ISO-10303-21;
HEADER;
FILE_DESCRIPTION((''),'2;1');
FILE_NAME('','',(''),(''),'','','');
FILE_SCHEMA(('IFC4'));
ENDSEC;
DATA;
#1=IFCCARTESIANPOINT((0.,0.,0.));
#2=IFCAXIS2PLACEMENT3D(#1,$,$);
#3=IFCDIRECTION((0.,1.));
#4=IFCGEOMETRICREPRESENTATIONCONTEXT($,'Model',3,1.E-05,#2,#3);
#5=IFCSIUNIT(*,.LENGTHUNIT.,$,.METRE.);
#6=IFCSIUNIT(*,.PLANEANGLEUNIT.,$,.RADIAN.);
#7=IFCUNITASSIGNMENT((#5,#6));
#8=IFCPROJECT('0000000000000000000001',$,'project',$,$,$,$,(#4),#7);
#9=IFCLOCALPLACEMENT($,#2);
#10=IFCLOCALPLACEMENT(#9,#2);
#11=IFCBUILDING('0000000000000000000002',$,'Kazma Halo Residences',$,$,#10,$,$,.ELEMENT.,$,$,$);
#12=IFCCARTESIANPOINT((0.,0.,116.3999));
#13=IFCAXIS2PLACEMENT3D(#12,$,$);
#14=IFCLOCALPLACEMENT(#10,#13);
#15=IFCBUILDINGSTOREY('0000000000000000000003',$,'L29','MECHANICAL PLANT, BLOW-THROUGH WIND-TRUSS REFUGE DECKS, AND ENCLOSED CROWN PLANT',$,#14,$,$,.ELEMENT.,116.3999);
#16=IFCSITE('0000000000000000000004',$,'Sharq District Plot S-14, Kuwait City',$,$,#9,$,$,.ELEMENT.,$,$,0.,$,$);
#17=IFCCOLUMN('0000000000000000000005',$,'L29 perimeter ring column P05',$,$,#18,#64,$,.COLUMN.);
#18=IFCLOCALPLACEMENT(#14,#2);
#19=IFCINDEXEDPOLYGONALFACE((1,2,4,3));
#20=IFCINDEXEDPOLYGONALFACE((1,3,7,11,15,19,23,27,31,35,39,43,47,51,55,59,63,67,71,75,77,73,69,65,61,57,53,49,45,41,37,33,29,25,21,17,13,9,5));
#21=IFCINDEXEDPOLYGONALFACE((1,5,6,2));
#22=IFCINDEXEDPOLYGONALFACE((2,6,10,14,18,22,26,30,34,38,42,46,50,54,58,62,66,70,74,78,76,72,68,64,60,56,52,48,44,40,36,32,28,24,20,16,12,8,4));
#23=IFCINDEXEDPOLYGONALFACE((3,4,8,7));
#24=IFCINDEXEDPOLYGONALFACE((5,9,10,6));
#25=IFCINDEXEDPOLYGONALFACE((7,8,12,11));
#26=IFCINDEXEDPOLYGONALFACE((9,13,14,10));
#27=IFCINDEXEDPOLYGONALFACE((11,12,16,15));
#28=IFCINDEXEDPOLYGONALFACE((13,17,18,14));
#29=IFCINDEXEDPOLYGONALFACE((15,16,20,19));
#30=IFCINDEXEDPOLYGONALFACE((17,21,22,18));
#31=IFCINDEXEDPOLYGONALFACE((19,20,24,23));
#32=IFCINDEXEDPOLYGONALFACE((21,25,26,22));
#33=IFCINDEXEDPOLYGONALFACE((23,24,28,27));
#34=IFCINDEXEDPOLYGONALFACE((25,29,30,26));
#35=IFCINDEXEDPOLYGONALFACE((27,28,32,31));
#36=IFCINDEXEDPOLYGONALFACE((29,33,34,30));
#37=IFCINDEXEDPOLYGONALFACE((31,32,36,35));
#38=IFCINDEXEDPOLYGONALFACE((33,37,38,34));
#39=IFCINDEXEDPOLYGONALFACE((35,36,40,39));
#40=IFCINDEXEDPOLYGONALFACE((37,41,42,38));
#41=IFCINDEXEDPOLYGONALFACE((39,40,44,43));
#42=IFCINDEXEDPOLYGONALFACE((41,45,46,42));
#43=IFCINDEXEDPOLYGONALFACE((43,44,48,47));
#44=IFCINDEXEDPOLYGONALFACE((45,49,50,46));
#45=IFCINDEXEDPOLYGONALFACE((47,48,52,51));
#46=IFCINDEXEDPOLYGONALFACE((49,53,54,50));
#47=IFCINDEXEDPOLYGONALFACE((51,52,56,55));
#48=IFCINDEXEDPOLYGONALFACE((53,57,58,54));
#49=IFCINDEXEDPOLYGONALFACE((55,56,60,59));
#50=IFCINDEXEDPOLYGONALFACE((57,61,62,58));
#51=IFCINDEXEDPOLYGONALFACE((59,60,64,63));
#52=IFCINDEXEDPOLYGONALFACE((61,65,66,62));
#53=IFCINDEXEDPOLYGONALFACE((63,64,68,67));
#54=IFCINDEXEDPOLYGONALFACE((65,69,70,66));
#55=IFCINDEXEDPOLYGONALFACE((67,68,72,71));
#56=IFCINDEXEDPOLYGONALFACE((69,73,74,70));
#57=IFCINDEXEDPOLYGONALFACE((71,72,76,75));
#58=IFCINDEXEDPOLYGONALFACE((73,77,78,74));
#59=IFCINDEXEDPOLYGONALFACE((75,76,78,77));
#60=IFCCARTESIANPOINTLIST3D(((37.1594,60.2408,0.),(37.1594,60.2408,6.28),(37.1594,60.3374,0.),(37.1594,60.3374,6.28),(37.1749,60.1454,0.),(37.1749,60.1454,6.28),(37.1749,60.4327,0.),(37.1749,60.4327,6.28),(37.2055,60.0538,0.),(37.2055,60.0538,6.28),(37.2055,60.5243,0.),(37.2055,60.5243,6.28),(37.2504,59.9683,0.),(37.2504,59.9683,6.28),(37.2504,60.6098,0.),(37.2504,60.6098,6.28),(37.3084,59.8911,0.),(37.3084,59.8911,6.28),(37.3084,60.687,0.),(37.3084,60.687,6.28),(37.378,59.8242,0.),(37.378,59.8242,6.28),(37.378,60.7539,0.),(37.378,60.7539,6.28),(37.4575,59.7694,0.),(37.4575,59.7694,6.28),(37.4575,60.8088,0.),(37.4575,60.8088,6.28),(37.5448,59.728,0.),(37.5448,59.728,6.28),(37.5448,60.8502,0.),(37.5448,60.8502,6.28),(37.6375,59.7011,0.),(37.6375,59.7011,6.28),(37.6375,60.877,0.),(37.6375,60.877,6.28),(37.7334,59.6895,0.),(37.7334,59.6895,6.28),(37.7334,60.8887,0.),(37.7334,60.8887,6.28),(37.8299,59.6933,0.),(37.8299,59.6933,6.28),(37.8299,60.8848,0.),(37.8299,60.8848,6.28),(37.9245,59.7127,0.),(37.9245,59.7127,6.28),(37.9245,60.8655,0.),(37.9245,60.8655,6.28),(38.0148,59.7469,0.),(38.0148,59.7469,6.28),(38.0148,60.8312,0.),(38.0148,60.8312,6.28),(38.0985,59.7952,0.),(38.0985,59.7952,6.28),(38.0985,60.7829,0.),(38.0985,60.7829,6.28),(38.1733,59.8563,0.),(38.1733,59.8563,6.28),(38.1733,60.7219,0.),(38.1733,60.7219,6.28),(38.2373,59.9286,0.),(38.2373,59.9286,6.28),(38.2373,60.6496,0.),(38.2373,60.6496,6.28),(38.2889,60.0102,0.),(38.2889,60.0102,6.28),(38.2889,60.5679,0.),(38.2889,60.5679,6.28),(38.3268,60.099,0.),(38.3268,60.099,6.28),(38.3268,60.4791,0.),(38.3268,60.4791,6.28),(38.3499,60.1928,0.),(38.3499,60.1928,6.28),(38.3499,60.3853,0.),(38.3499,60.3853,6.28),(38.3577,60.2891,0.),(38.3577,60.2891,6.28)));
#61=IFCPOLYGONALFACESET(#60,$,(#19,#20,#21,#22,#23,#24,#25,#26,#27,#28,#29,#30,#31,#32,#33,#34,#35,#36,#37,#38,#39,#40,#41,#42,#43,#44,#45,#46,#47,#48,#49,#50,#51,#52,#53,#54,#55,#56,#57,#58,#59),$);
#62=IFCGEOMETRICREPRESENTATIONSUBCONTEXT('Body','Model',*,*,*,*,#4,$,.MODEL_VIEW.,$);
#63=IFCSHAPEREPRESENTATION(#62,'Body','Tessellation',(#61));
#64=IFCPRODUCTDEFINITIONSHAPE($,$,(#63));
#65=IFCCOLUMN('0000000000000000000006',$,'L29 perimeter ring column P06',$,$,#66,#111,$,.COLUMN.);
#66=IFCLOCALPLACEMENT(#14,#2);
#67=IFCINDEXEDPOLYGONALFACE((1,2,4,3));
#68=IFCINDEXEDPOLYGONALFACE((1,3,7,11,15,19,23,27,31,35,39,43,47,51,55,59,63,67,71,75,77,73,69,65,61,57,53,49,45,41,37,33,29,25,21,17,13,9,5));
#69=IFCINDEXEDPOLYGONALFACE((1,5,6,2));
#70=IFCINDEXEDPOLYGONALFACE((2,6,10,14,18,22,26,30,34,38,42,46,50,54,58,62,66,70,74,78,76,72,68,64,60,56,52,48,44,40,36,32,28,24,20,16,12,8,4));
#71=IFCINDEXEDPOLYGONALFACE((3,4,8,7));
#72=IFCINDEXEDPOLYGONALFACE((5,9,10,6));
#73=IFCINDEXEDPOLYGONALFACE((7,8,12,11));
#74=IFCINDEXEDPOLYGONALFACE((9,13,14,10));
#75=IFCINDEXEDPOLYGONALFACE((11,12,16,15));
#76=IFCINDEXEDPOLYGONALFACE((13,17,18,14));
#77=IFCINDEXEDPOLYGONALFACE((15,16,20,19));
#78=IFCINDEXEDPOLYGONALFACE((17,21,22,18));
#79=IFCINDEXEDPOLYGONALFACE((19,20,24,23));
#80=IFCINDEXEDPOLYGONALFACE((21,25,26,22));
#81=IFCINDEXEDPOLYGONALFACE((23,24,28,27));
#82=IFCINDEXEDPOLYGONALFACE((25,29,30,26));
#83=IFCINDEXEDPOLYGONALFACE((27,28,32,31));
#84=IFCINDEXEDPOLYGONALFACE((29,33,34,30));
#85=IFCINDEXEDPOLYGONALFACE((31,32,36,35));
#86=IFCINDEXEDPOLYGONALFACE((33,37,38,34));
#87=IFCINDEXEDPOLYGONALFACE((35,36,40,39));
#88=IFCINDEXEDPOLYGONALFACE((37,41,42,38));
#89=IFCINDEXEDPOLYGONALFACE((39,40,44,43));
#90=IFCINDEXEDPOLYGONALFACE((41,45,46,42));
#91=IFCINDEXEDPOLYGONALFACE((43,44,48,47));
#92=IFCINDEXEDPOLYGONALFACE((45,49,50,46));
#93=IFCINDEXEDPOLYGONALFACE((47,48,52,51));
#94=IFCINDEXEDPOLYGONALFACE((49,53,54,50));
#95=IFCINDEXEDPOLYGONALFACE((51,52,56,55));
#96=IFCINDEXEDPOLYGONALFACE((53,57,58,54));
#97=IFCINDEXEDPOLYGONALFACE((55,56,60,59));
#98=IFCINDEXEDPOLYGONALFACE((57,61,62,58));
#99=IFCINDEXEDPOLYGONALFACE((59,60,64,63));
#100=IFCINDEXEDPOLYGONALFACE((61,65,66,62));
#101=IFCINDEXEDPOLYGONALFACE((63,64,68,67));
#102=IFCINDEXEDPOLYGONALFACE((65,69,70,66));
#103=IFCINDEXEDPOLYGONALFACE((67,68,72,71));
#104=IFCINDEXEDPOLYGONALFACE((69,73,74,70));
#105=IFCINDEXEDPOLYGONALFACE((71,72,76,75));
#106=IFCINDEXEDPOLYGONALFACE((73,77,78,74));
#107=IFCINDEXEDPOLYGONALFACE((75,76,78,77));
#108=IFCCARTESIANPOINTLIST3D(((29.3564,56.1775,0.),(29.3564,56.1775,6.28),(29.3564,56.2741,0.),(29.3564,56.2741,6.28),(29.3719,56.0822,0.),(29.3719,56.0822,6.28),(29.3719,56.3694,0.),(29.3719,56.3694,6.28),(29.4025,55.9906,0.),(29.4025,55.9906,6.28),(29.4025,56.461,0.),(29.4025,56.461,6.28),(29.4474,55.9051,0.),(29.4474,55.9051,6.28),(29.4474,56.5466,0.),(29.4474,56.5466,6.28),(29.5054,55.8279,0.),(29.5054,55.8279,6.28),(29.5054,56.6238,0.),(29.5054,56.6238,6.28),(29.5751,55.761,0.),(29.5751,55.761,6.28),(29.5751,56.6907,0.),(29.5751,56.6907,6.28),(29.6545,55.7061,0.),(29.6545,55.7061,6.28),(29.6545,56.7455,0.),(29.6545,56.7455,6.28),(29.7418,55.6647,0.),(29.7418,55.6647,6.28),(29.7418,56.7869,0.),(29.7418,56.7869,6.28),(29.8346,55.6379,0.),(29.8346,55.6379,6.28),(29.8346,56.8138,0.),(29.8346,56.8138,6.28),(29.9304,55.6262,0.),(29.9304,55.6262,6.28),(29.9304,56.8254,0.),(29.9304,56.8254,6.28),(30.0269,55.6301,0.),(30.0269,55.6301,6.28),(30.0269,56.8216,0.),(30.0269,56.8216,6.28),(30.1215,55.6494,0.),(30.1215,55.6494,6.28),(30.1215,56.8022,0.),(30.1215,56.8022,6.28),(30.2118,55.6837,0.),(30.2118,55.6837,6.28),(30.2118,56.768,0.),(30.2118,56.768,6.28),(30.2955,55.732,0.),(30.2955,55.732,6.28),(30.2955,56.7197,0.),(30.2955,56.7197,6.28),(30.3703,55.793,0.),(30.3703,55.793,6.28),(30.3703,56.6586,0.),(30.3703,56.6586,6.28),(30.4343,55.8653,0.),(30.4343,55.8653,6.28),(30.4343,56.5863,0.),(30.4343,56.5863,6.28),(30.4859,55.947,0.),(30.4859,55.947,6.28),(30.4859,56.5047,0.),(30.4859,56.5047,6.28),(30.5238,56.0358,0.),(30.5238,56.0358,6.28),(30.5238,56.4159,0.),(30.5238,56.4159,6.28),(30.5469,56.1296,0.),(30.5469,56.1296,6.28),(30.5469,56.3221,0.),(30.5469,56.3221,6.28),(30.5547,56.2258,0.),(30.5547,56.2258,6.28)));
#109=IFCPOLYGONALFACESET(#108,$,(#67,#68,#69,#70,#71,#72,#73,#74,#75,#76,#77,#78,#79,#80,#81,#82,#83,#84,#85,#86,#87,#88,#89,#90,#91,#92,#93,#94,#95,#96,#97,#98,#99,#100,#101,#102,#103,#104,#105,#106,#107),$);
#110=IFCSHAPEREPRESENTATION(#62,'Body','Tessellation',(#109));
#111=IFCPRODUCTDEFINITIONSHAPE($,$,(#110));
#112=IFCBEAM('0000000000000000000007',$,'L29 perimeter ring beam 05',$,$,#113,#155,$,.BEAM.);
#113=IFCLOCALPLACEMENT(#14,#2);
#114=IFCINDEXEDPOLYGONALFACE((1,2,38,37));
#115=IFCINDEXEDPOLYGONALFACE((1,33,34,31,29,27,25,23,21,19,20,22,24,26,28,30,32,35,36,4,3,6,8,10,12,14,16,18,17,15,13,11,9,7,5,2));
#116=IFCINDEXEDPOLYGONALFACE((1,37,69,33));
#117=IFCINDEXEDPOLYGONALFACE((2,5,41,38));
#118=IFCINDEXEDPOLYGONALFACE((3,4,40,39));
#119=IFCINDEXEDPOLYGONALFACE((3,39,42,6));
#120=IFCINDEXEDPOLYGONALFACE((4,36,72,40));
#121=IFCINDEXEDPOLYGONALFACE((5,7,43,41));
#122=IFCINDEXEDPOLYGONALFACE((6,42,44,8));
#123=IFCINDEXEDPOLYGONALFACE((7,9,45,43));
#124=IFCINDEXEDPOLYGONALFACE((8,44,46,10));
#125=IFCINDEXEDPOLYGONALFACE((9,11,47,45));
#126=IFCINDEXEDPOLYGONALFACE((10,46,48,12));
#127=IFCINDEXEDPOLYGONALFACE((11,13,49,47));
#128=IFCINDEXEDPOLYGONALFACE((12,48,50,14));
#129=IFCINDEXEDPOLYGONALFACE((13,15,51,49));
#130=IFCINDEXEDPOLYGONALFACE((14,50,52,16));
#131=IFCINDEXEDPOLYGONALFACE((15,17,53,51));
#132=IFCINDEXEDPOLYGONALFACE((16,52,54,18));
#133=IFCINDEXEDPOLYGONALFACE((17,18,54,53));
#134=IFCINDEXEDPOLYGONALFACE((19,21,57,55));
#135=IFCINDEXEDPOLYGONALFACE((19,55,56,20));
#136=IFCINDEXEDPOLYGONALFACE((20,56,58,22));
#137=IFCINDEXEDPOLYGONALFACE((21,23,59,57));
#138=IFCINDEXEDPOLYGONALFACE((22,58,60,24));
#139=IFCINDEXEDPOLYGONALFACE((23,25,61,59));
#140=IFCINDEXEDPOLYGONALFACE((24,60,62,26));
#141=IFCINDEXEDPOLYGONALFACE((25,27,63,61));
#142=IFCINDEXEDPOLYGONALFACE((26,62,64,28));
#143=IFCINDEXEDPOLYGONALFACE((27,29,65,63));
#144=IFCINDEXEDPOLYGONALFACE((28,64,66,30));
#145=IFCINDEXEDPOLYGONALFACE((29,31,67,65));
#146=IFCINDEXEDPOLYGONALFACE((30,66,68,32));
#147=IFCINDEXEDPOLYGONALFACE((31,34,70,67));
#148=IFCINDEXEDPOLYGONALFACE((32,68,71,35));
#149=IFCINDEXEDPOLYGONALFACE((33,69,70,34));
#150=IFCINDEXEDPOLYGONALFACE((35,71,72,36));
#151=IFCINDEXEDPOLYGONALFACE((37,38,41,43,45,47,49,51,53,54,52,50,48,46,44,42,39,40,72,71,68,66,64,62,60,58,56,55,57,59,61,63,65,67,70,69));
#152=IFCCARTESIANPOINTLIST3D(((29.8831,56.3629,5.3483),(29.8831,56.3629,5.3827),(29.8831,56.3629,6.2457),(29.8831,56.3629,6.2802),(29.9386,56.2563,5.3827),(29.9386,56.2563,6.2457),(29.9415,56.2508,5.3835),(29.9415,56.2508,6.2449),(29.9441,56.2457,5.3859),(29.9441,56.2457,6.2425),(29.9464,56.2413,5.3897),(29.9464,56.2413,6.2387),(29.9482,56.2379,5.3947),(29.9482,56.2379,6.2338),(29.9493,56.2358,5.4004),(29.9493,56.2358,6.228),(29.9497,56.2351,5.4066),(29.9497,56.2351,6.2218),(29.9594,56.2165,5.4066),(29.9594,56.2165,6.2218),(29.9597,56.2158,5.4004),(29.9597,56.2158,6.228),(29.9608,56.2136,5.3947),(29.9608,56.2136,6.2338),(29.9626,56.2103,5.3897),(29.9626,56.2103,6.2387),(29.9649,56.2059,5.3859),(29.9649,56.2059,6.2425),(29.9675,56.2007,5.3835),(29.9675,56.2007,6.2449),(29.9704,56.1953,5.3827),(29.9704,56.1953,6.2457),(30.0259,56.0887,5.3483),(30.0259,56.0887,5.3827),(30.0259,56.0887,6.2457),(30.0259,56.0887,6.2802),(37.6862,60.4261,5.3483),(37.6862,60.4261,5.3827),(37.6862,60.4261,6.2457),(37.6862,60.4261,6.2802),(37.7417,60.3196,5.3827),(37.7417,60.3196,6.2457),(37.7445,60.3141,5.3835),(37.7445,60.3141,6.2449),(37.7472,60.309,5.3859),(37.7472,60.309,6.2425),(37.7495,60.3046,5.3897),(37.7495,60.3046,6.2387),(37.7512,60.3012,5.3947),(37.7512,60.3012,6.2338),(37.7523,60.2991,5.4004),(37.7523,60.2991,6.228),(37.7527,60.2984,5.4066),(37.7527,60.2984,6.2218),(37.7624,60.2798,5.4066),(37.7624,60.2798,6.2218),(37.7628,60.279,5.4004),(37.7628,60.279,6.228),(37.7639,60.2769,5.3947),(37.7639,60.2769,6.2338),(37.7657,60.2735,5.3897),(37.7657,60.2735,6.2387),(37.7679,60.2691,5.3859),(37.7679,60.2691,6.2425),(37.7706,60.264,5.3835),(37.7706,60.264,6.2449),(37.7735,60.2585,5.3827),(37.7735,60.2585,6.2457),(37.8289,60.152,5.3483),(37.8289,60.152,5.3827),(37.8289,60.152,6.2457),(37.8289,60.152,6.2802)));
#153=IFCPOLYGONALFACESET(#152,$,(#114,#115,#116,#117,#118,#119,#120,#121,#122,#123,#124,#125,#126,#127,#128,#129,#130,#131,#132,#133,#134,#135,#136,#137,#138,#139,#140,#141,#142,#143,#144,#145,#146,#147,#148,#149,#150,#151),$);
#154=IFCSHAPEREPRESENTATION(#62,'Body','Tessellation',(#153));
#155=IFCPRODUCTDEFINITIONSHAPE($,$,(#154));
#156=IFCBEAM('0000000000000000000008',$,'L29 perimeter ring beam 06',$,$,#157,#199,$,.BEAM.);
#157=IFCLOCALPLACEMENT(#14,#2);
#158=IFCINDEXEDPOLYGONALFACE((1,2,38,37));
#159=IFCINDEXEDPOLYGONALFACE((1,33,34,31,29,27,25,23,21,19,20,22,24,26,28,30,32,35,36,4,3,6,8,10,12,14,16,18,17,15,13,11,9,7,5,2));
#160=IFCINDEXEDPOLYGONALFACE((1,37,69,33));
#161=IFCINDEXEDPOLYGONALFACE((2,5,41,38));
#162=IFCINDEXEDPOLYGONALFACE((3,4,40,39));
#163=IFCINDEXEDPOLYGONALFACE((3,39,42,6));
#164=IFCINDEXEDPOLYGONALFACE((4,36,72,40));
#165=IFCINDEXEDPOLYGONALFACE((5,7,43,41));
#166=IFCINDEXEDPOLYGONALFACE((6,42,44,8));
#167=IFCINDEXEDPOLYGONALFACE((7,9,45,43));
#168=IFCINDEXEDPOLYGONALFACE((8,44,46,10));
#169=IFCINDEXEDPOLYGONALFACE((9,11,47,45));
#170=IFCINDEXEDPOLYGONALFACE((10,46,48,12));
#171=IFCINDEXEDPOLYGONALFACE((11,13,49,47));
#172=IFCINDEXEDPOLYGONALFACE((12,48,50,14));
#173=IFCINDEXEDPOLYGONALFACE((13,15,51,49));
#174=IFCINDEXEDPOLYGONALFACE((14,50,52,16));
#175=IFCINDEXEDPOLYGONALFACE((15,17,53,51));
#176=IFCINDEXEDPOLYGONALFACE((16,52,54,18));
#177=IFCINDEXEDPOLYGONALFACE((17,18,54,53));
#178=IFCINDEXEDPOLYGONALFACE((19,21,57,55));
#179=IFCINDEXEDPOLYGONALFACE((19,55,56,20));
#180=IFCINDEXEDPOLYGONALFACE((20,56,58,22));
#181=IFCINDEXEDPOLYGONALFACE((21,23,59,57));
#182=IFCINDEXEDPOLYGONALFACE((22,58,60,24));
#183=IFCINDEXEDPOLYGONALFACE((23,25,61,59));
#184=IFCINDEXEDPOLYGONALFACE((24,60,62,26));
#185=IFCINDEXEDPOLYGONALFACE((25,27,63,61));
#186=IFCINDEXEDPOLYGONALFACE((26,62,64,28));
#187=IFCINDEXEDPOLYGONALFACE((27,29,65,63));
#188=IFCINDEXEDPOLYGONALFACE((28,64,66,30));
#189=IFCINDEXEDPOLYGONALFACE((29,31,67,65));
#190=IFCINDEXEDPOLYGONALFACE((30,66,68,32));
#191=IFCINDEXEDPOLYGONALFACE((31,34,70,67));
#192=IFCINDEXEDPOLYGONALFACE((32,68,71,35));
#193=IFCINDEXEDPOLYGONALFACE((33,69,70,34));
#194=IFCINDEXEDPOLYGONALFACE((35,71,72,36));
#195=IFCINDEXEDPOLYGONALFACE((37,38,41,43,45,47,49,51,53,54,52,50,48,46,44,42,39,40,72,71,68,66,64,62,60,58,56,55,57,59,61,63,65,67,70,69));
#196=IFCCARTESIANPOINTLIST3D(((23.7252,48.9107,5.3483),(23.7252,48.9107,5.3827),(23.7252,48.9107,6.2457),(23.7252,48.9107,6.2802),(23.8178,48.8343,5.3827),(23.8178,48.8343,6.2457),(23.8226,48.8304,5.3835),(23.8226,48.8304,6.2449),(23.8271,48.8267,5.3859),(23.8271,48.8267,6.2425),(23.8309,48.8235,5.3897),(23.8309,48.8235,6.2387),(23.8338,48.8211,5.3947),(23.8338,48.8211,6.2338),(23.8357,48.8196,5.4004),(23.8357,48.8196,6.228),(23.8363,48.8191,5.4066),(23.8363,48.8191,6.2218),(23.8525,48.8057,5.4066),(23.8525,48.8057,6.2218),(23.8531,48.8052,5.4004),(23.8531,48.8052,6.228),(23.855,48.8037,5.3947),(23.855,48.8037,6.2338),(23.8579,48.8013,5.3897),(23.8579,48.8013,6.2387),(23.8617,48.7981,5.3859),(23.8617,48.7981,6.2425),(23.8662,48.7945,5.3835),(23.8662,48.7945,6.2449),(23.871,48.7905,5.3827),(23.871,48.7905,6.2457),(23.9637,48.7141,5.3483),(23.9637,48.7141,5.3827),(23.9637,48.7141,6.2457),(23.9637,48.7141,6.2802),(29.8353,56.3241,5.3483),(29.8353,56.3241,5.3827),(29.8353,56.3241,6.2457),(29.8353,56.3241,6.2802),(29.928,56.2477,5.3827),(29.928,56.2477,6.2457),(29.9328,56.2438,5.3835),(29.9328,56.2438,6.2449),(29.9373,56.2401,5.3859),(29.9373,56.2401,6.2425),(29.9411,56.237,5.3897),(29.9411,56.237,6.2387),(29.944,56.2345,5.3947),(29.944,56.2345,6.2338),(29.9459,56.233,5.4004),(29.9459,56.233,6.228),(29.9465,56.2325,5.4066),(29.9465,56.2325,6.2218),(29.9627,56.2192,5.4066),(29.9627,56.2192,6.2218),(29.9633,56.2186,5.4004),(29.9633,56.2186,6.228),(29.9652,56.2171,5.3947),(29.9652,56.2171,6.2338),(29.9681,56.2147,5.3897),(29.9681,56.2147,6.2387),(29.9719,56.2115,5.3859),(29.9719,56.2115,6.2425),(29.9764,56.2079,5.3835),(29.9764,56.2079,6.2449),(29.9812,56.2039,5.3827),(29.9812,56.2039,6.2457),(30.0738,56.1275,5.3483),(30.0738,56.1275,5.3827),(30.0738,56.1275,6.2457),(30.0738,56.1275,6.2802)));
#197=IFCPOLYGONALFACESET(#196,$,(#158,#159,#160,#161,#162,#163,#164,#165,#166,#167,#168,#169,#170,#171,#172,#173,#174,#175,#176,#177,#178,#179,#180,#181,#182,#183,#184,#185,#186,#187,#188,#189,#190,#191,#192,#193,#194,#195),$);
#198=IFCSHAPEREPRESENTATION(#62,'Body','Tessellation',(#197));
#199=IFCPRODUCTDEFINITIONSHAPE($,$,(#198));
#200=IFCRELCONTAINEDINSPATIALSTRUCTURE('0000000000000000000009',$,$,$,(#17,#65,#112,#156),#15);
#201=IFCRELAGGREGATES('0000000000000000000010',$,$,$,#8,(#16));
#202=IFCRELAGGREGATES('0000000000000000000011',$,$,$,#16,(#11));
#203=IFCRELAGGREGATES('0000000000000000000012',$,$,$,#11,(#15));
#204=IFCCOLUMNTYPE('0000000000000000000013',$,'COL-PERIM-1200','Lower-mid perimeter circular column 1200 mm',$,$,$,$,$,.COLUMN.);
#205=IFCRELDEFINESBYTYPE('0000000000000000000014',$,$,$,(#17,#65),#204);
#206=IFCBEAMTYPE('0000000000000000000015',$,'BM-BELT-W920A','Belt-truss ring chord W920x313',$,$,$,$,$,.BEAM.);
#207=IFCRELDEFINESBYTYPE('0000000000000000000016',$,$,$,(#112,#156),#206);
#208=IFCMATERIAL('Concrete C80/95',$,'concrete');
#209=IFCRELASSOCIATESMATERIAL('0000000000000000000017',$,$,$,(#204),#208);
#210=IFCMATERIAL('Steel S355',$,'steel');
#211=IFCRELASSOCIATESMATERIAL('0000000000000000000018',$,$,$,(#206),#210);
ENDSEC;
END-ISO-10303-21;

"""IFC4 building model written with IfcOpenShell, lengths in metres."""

from ifc_helpers import new_model, si_unit, direction, frame, origin, origin_2d, place, context, subcontext, project, spatial, circle, i_section, extrude, material, material_profile, profile_set, type_object, element, save


model = new_model("IFC4")

# Units and contexts
model_context = context("Model", 3, precision=1e-05, world=origin(), true_north=direction((0.0, 1.0)))
body_context = subcontext(model_context, "Body", "Model", "MODEL_VIEW")
ifc_project = project(units=[si_unit("LENGTHUNIT", "METRE"), si_unit("PLANEANGLEUNIT", "RADIAN")], contexts=[model_context])

# Site, building, storey
site_placement = place(None, origin())
site = spatial("IfcSite", under=ifc_project, at=site_placement, Name="Sharq District Plot S-14, Kuwait City", CompositionType="ELEMENT", RefElevation=0.0)
building_placement = place(site_placement, origin())
building = spatial("IfcBuilding", under=site, at=building_placement, Name="Kazma Halo Residences", CompositionType="ELEMENT")
storey_placement = place(building_placement, frame((0.0, 0.0, 116.3999)))
storey = spatial("IfcBuildingStorey", under=building, at=storey_placement, Name="L29", Description="MECHANICAL PLANT, BLOW-THROUGH WIND-TRUSS REFUGE DECKS, AND ENCLOSED CROWN PLANT", CompositionType="ELEMENT", Elevation=116.3999)

# Columns
ifc_material_1 = material(Name="Concrete C80/95", Category="concrete")
ifc_material_profile_1 = material_profile(ifc_material_1, circle(Radius=0.6001, at=origin_2d()), Name="CIRC1200")
ifc_profile_set_1 = profile_set([ifc_material_profile_1], Name="Concrete C80/95")
column_type = type_object("IfcColumnType", Name="COL-PERIM-1200", Description="Lower-mid perimeter circular column 1200 mm", PredefinedType="COLUMN", material=ifc_profile_set_1)
for number, where, z_axis, x_axis, name in (
    (1, (37.7576, 60.2891, 0.0), (0.0, 0.0, 1.0), (1.0, 0.0, 0.0), "L29 perimeter ring column P05"),
    (2, (29.9546, 56.2258, 0.0), (0.0, 0.0, 1.0), (1.0, 0.0, 0.0), "L29 perimeter ring column P06"),
):
    element("IfcColumn", number, at=place(storey_placement, frame(where, z_axis=z_axis, x_axis=x_axis)), inside=storey, type_object=column_type, Name=name, PredefinedType="COLUMN", context=body_context, shape_type="SweptSolid", body=[
        extrude(circle(Radius=0.6001, at=origin_2d()), origin(), (0.0, 0.0, 1.0), 6.28),
    ])

# Beams
ifc_material_2 = material(Name="Steel S355", Category="steel")
ifc_material_profile_2 = material_profile(ifc_material_2, i_section(OverallWidth=0.3091, OverallDepth=0.9319, WebThickness=0.021, FlangeThickness=0.0344, FilletRadius=0.0239, at=origin_2d()), Name="W920x313")
ifc_profile_set_2 = profile_set([ifc_material_profile_2], Name="Steel S355")
beam_type_1 = type_object("IfcBeamType", Name="BM-BELT-W920A", Description="Belt-truss ring chord W920x313", PredefinedType="BEAM", material=ifc_profile_set_2)
beam_1_placement = place(storey_placement, frame((37.7576, 60.2891, 5.8142), z_axis=(-0.886952, -0.461861, 0.0), x_axis=(0.461861, -0.886952, 0.0)))
element("IfcBeam", 3, at=beam_1_placement, inside=storey, type_object=beam_type_1, Name="L29 perimeter ring beam 05", PredefinedType="BEAM", context=body_context, shape_type="SweptSolid", body=[
    extrude(i_section(OverallWidth=0.3091, OverallDepth=0.9319, WebThickness=0.021, FlangeThickness=0.0344, FilletRadius=0.0239, at=origin_2d()), origin(), (0.0, 0.0, 1.0), 8.7976),
])
beam_2_placement = place(storey_placement, frame((29.9546, 56.2258, 5.8142), z_axis=(-0.636018, -0.771674, 0.0), x_axis=(0.771674, -0.636018, 0.0)))
element("IfcBeam", 4, at=beam_2_placement, inside=storey, type_object=beam_type_1, Name="L29 perimeter ring beam 06", PredefinedType="BEAM", context=body_context, shape_type="SweptSolid", body=[
    extrude(i_section(OverallWidth=0.3091, OverallDepth=0.9319, WebThickness=0.021, FlangeThickness=0.0344, FilletRadius=0.0239, at=origin_2d()), origin(), (0.0, 0.0, 1.0), 9.6069),
])

save(model, "model.ifc")
